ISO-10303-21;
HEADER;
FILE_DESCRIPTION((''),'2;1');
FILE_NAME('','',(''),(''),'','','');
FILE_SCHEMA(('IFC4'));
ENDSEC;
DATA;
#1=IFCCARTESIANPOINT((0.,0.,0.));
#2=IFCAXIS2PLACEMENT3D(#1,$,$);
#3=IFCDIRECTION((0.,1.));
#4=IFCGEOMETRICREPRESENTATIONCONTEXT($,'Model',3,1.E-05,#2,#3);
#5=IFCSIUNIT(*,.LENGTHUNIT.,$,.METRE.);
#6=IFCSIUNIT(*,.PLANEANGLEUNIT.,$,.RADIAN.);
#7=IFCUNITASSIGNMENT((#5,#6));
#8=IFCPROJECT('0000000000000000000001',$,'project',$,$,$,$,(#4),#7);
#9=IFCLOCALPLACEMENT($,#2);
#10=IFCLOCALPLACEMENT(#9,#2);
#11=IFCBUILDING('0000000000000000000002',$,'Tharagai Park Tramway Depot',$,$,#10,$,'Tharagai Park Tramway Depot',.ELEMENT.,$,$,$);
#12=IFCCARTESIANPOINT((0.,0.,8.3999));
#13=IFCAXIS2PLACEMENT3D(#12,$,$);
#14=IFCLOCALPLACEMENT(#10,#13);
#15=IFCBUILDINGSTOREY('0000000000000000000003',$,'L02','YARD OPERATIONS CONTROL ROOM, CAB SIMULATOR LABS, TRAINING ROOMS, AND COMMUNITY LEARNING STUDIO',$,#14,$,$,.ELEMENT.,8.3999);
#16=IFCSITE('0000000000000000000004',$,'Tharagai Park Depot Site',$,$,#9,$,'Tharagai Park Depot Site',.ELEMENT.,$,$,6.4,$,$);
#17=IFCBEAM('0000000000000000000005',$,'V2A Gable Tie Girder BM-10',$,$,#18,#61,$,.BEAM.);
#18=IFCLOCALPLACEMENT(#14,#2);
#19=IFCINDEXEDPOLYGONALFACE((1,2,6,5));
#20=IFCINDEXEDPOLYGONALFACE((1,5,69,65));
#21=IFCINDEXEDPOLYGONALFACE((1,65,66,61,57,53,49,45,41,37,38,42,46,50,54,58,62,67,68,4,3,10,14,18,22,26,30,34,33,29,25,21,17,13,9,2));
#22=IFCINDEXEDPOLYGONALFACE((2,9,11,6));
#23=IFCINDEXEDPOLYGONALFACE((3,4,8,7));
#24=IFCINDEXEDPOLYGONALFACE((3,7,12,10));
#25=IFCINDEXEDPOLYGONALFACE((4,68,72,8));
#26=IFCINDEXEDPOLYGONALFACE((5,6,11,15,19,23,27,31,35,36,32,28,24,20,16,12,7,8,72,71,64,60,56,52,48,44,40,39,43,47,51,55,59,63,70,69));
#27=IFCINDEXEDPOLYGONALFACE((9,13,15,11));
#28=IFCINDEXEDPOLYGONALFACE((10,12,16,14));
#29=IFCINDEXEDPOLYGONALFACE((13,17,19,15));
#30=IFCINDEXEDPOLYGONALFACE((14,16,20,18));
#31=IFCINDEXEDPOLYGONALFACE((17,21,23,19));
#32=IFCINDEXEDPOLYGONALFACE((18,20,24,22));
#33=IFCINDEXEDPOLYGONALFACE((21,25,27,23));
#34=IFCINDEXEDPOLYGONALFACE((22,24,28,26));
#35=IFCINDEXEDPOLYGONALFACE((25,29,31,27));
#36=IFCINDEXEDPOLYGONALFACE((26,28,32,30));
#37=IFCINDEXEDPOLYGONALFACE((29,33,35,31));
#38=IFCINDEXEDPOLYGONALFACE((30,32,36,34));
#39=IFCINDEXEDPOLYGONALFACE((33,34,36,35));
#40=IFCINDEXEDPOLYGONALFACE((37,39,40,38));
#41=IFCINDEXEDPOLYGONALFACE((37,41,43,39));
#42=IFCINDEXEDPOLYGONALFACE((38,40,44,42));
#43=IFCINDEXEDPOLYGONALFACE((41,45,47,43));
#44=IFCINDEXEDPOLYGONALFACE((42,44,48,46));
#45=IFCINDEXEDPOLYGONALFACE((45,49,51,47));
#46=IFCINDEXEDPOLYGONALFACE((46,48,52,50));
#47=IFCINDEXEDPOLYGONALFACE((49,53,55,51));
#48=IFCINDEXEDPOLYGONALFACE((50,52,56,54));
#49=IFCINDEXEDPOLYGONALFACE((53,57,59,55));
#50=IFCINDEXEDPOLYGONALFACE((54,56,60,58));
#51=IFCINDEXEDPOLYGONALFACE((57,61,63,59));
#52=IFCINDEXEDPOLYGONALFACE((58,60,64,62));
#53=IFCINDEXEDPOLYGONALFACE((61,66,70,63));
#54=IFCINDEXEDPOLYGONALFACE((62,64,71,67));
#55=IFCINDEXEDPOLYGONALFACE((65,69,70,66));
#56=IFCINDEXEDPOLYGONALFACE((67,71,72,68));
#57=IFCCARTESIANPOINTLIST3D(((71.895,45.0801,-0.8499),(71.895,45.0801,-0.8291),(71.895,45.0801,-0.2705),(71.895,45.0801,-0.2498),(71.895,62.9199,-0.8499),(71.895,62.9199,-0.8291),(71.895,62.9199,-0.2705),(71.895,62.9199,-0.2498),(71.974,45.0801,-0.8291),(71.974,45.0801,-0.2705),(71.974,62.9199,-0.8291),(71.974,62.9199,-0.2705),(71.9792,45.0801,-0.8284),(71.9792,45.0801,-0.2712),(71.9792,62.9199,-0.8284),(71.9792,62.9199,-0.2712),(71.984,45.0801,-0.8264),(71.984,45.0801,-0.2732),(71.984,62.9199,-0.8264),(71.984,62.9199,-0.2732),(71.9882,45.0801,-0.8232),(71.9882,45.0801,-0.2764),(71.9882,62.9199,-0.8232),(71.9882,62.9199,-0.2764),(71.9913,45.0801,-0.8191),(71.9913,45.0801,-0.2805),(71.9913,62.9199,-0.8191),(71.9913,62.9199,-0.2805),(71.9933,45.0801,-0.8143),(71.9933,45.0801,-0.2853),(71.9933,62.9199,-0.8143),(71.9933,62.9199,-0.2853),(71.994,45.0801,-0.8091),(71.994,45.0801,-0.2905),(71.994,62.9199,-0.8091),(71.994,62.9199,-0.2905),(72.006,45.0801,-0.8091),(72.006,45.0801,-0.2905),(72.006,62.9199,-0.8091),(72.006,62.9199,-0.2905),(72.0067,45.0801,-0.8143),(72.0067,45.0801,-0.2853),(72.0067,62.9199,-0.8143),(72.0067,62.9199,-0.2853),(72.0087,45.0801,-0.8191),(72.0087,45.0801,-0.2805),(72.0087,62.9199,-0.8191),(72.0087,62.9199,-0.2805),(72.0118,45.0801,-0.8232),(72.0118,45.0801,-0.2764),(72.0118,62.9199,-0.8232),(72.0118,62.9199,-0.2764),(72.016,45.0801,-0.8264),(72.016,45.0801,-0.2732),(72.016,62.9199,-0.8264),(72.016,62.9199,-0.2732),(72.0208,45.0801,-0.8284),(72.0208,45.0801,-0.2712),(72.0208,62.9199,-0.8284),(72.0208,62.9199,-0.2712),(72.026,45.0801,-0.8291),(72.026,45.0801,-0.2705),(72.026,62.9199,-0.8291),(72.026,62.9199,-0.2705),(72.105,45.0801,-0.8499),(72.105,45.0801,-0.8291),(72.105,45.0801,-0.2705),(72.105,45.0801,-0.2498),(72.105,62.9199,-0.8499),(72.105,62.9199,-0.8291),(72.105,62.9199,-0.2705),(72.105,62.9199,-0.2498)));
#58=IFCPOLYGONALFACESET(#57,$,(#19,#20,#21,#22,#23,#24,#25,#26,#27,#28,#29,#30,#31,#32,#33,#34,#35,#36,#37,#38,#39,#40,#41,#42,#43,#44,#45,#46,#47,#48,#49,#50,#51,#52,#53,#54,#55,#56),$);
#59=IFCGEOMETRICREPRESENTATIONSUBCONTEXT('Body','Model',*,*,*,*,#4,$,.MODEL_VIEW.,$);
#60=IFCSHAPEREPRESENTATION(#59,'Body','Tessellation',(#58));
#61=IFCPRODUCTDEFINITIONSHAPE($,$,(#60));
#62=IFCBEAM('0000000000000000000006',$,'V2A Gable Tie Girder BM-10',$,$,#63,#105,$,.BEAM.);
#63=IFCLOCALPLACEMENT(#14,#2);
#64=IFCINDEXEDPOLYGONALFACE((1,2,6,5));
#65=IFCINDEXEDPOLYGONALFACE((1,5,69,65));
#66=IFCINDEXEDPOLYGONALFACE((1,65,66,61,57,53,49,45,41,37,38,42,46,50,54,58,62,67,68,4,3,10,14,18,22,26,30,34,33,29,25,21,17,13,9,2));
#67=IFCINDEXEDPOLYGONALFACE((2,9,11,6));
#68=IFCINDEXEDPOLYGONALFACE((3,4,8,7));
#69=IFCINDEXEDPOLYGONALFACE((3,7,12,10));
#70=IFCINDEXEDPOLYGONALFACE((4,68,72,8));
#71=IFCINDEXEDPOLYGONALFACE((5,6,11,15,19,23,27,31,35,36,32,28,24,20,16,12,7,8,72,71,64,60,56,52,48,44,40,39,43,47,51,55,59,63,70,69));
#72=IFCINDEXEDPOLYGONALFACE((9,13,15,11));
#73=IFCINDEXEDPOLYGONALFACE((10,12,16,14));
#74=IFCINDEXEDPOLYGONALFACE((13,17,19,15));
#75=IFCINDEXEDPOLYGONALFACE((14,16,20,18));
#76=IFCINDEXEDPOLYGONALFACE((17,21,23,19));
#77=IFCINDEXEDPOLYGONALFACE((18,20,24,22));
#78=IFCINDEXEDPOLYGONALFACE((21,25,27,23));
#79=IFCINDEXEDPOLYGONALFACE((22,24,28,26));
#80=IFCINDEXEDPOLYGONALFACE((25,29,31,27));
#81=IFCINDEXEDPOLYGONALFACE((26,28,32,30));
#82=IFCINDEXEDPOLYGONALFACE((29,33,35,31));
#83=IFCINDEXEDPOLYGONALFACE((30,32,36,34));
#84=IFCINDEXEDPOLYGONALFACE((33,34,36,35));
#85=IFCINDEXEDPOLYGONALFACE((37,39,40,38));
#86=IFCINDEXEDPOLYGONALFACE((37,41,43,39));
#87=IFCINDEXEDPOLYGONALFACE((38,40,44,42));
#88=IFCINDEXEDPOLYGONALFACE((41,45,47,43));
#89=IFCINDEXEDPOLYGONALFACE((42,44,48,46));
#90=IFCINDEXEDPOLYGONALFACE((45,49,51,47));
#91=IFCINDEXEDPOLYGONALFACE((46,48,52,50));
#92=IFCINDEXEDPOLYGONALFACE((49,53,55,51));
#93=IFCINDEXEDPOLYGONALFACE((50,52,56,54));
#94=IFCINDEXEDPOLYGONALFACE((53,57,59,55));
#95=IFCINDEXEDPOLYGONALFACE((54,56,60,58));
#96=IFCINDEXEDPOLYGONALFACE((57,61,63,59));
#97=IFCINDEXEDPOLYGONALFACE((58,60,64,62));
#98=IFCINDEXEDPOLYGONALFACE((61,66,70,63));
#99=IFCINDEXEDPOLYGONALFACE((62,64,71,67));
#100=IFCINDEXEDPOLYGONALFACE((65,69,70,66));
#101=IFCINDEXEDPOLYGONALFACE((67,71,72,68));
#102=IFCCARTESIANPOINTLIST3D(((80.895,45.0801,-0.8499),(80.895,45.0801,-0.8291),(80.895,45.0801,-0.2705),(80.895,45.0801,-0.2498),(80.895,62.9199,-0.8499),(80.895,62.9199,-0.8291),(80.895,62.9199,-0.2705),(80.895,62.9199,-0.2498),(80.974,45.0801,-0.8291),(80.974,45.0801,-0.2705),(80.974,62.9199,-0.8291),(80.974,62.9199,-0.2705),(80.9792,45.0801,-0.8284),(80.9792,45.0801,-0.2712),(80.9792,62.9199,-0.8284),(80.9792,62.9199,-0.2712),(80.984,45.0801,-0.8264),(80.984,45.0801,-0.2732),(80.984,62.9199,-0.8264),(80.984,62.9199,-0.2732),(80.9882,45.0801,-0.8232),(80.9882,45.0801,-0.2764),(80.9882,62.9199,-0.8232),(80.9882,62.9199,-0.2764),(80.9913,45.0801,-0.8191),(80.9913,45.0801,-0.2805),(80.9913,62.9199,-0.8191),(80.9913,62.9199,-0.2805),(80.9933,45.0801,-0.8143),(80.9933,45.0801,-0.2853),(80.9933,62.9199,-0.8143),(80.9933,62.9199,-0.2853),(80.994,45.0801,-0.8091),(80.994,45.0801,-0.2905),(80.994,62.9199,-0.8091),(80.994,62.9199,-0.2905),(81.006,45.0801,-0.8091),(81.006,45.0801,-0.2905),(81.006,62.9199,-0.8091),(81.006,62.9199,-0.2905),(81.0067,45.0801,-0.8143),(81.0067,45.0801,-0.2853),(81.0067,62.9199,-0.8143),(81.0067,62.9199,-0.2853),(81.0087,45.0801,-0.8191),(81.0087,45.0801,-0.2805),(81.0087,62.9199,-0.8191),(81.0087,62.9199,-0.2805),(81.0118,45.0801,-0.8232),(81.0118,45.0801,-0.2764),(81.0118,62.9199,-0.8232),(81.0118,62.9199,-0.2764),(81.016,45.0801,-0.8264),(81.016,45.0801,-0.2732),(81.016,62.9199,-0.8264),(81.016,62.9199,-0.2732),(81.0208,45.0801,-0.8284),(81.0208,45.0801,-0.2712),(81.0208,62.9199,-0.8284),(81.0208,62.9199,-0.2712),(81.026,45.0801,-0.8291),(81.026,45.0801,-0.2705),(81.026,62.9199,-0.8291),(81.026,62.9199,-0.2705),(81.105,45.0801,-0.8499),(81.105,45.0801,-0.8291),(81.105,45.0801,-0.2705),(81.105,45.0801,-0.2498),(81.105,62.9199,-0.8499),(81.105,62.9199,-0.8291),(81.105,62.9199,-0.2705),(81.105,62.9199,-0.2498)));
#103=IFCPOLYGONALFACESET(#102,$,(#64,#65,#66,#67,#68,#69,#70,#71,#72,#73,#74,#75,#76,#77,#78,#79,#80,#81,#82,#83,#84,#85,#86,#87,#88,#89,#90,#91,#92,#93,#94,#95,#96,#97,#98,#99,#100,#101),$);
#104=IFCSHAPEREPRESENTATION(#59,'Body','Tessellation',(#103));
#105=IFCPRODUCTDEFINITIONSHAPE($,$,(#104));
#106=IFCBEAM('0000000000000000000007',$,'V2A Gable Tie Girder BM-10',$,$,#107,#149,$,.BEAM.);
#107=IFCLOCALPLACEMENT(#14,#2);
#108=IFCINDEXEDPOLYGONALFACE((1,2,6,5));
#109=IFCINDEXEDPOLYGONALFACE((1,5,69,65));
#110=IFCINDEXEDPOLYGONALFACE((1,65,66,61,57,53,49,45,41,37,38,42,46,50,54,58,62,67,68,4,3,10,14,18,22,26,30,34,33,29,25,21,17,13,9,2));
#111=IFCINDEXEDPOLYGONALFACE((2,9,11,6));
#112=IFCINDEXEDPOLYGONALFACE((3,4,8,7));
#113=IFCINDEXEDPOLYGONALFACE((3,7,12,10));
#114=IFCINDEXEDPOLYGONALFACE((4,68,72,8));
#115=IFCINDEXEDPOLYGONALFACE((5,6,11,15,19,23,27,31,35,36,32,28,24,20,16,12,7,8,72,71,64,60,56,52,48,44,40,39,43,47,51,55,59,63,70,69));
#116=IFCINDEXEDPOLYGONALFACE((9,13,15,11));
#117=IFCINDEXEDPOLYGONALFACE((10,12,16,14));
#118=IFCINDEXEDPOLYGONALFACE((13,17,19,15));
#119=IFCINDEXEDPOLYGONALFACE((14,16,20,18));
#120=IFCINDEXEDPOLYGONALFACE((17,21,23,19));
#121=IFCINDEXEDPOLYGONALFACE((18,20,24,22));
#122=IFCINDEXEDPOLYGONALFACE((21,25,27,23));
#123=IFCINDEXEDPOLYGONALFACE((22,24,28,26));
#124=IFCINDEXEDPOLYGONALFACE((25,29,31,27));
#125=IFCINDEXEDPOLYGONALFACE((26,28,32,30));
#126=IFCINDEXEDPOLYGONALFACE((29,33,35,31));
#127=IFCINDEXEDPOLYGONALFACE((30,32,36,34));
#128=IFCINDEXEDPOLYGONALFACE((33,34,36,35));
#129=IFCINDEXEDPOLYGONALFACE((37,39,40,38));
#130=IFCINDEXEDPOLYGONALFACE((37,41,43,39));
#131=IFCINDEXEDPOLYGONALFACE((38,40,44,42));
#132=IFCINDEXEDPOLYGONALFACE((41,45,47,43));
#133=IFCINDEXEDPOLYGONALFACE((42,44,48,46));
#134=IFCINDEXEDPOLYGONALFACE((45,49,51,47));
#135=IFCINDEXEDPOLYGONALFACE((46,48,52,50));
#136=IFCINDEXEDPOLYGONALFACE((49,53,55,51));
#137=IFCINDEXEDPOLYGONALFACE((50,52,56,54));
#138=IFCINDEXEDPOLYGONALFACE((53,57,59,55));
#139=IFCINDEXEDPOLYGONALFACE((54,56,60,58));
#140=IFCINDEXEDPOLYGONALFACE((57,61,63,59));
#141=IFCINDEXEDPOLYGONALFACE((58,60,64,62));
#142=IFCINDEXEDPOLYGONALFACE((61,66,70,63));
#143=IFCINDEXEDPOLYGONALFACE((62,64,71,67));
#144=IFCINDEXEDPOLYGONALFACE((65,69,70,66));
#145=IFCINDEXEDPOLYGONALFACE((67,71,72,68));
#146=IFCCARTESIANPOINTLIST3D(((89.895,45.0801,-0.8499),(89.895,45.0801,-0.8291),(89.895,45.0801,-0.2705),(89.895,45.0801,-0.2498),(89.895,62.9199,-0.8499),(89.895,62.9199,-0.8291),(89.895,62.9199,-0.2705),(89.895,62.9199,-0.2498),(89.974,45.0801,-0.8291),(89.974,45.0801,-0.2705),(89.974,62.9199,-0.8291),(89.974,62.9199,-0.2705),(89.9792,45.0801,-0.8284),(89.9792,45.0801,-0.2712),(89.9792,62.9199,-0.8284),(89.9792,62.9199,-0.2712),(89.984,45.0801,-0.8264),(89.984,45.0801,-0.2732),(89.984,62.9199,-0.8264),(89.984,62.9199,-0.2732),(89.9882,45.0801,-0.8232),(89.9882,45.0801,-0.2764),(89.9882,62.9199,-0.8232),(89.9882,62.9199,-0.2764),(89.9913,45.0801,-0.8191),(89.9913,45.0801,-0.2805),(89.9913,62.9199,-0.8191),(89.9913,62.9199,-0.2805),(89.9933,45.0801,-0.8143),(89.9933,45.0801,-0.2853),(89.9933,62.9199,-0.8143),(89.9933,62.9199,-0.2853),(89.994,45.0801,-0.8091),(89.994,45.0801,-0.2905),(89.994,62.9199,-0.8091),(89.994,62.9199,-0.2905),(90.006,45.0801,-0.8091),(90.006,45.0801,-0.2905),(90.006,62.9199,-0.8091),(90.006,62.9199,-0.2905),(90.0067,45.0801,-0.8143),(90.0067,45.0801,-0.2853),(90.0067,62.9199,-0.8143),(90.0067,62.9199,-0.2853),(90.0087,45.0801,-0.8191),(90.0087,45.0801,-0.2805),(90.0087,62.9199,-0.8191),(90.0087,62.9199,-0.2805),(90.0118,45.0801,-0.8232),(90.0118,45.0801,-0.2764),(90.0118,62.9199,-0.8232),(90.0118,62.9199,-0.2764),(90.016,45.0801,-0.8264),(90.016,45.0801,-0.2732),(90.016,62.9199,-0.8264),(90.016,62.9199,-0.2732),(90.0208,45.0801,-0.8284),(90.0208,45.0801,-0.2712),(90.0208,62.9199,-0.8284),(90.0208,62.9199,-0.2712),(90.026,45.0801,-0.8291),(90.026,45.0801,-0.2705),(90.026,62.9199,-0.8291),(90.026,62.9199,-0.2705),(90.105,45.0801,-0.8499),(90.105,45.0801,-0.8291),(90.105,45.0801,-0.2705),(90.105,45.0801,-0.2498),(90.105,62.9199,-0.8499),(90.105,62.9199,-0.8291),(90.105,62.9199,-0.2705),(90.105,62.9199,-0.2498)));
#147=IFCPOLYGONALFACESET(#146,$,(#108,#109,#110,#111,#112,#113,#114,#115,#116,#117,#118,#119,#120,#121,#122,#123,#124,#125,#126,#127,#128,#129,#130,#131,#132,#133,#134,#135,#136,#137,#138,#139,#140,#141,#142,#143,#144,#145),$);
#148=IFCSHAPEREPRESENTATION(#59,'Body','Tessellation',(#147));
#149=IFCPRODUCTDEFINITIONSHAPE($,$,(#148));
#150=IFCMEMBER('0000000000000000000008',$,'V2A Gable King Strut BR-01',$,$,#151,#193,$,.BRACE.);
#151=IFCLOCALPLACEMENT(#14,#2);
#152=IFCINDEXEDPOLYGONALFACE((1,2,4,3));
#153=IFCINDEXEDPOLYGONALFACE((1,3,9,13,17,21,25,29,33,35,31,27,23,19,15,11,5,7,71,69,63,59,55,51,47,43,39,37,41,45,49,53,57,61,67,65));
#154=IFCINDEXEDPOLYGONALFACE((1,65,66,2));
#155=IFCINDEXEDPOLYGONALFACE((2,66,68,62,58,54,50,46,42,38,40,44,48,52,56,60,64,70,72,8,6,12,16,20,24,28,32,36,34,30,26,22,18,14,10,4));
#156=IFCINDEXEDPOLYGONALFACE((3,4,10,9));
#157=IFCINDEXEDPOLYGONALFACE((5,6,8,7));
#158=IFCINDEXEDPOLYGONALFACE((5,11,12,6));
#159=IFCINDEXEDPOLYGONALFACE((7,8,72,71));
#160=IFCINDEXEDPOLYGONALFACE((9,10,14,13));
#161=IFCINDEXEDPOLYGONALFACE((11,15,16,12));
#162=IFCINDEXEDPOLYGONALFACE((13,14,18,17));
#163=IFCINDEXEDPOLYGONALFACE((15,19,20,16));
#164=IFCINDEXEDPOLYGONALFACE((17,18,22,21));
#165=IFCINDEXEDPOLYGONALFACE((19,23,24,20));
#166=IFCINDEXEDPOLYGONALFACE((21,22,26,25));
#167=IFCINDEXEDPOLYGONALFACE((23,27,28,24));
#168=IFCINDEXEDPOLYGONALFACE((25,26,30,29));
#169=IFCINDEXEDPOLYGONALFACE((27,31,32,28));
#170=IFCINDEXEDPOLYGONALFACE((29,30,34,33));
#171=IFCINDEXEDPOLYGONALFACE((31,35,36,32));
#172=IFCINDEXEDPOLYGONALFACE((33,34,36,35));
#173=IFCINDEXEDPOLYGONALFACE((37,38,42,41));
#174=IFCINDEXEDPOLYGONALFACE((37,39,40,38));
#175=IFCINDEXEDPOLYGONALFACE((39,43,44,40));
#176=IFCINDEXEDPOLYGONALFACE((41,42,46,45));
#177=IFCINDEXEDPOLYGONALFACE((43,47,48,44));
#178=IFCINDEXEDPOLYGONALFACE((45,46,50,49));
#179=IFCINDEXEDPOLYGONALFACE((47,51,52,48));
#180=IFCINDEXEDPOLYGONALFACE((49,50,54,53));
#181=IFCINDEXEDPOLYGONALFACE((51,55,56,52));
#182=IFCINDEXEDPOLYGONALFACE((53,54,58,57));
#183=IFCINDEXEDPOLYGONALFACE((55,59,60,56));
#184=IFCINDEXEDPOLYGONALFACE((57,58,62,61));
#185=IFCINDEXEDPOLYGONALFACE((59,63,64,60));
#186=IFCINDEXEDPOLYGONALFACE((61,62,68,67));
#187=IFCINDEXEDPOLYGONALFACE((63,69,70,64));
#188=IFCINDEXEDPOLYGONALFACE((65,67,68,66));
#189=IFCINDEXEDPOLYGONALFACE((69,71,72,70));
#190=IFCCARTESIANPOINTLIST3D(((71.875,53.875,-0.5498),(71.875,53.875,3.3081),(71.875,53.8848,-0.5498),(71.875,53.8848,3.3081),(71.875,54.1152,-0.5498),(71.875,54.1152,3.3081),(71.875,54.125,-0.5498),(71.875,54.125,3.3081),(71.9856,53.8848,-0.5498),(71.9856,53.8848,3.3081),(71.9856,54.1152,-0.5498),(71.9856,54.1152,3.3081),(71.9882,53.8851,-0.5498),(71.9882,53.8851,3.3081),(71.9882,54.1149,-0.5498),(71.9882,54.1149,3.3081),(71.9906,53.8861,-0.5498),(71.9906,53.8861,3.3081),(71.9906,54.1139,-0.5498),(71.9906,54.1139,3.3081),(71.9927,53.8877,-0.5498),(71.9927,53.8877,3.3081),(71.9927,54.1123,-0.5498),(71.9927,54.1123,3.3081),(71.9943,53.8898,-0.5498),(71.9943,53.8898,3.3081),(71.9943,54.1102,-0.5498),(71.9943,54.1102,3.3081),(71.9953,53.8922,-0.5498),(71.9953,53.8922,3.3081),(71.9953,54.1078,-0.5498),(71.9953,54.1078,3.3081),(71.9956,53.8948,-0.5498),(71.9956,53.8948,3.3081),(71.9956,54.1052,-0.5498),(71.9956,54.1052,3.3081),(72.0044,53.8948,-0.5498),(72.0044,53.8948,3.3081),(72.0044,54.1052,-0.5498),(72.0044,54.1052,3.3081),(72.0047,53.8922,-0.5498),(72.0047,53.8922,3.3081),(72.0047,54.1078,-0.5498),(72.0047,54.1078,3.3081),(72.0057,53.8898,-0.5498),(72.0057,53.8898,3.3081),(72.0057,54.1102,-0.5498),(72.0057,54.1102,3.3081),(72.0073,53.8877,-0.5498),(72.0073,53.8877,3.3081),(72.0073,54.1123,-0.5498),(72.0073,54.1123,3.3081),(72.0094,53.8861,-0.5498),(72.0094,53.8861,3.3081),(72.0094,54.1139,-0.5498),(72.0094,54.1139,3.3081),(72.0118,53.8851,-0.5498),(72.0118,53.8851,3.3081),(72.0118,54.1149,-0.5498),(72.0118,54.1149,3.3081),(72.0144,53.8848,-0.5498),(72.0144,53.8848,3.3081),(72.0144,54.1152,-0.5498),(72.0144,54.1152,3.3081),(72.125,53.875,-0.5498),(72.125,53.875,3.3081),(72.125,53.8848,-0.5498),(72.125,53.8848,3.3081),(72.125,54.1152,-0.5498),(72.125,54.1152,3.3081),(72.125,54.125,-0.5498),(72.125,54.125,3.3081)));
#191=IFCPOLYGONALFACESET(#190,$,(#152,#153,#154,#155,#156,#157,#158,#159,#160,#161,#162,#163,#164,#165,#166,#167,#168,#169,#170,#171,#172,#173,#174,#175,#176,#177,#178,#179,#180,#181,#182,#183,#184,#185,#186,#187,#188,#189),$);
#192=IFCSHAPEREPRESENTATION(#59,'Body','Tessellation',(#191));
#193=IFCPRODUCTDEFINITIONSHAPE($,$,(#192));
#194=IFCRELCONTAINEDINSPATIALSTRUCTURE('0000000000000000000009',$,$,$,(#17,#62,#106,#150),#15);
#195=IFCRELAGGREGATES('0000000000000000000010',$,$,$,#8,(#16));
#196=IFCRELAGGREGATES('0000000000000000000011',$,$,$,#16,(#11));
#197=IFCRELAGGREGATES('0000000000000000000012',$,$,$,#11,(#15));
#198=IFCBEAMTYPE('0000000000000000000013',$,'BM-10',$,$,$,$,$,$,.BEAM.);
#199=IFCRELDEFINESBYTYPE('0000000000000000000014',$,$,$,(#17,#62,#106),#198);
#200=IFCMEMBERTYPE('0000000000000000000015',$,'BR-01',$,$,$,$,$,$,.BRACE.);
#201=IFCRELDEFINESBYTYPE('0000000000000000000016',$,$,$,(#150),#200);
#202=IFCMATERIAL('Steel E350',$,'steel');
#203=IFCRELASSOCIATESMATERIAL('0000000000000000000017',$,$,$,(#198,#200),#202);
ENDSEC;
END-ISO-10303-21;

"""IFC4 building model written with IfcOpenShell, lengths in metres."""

from ifc_helpers import new_model, si_unit, direction, frame, origin, origin_2d, place, context, subcontext, project, spatial, i_section, extrude, material, material_profile, profile_set, type_object, element, save


model = new_model("IFC4")

# Units and contexts
model_context = context("Model", 3, precision=1e-05, world=origin(), true_north=direction((0.0, 1.0)))
body_context = subcontext(model_context, "Body", "Model", "MODEL_VIEW")
ifc_project = project(units=[si_unit("LENGTHUNIT", "METRE"), si_unit("PLANEANGLEUNIT", "RADIAN")], contexts=[model_context])

# Site, building, storey
site_placement = place(None, origin())
site = spatial("IfcSite", under=ifc_project, at=site_placement, Name="Tharagai Park Depot Site", LongName="Tharagai Park Depot Site", CompositionType="ELEMENT", RefElevation=6.4)
building_placement = place(site_placement, origin())
building = spatial("IfcBuilding", under=site, at=building_placement, Name="Tharagai Park Tramway Depot", LongName="Tharagai Park Tramway Depot", CompositionType="ELEMENT")
storey_placement = place(building_placement, frame((0.0, 0.0, 8.3999)))
storey = spatial("IfcBuildingStorey", under=building, at=storey_placement, Name="L02", Description="YARD OPERATIONS CONTROL ROOM, CAB SIMULATOR LABS, TRAINING ROOMS, AND COMMUNITY LEARNING STUDIO", CompositionType="ELEMENT", Elevation=8.3999)

# Beams
ifc_material_1 = material(Name="Steel E350", Category="steel")
ifc_material_profile_1 = material_profile(ifc_material_1, i_section(OverallWidth=0.21, OverallDepth=0.6001, WebThickness=0.012, FlangeThickness=0.0208, FilletRadius=0.02, at=origin_2d()), Name="ISMB 600")
ifc_profile_set_1 = profile_set([ifc_material_profile_1], Name="Steel E350")
beam_type = type_object("IfcBeamType", Name="BM-10", PredefinedType="BEAM", material=ifc_profile_set_1)
for number, where, z_axis, x_axis, name in (
    (1, (72.0, 45.0801, -0.5498), (0.0, 1.0, 0.0), (-1.0, 0.0, 0.0), "V2A Gable Tie Girder BM-10"),
    (2, (81.0, 45.0801, -0.5498), (0.0, 1.0, 0.0), (-1.0, 0.0, 0.0), "V2A Gable Tie Girder BM-10"),
    (3, (90.0, 45.0801, -0.5498), (0.0, 1.0, 0.0), (-1.0, 0.0, 0.0), "V2A Gable Tie Girder BM-10"),
):
    element("IfcBeam", number, at=place(storey_placement, frame(where, z_axis=z_axis, x_axis=x_axis)), inside=storey, type_object=beam_type, Name=name, PredefinedType="BEAM", context=body_context, shape_type="SweptSolid", body=[
        extrude(i_section(OverallWidth=0.21, OverallDepth=0.6001, WebThickness=0.012, FlangeThickness=0.0208, FilletRadius=0.02, at=origin_2d()), origin(), (0.0, 0.0, 1.0), 17.8398),
    ])

# Member
ifc_material_profile_2 = material_profile(ifc_material_1, i_section(OverallWidth=0.25, OverallDepth=0.25, WebThickness=0.0088, FlangeThickness=0.0098, FilletRadius=0.01, at=origin_2d()), Name="ISHB 250")
ifc_profile_set_2 = profile_set([ifc_material_profile_2], Name="Steel E350")
member_type_1 = type_object("IfcMemberType", Name="BR-01", PredefinedType="BRACE", material=ifc_profile_set_2)
for number, where, z_axis, x_axis, name in (
    (4, (72.0, 54.0, -0.5498), (0.0, 0.0, 1.0), (1.0, 0.0, 0.0), "V2A Gable King Strut BR-01"),
):
    element("IfcMember", number, at=place(storey_placement, frame(where, z_axis=z_axis, x_axis=x_axis)), inside=storey, type_object=member_type_1, Name=name, PredefinedType="BRACE", context=body_context, shape_type="SweptSolid", body=[
        extrude(i_section(OverallWidth=0.25, OverallDepth=0.25, WebThickness=0.0088, FlangeThickness=0.0098, FilletRadius=0.01, at=origin_2d()), origin(), (0.0, 0.0, 1.0), 3.8579),
    ])

save(model, "model.ifc")
